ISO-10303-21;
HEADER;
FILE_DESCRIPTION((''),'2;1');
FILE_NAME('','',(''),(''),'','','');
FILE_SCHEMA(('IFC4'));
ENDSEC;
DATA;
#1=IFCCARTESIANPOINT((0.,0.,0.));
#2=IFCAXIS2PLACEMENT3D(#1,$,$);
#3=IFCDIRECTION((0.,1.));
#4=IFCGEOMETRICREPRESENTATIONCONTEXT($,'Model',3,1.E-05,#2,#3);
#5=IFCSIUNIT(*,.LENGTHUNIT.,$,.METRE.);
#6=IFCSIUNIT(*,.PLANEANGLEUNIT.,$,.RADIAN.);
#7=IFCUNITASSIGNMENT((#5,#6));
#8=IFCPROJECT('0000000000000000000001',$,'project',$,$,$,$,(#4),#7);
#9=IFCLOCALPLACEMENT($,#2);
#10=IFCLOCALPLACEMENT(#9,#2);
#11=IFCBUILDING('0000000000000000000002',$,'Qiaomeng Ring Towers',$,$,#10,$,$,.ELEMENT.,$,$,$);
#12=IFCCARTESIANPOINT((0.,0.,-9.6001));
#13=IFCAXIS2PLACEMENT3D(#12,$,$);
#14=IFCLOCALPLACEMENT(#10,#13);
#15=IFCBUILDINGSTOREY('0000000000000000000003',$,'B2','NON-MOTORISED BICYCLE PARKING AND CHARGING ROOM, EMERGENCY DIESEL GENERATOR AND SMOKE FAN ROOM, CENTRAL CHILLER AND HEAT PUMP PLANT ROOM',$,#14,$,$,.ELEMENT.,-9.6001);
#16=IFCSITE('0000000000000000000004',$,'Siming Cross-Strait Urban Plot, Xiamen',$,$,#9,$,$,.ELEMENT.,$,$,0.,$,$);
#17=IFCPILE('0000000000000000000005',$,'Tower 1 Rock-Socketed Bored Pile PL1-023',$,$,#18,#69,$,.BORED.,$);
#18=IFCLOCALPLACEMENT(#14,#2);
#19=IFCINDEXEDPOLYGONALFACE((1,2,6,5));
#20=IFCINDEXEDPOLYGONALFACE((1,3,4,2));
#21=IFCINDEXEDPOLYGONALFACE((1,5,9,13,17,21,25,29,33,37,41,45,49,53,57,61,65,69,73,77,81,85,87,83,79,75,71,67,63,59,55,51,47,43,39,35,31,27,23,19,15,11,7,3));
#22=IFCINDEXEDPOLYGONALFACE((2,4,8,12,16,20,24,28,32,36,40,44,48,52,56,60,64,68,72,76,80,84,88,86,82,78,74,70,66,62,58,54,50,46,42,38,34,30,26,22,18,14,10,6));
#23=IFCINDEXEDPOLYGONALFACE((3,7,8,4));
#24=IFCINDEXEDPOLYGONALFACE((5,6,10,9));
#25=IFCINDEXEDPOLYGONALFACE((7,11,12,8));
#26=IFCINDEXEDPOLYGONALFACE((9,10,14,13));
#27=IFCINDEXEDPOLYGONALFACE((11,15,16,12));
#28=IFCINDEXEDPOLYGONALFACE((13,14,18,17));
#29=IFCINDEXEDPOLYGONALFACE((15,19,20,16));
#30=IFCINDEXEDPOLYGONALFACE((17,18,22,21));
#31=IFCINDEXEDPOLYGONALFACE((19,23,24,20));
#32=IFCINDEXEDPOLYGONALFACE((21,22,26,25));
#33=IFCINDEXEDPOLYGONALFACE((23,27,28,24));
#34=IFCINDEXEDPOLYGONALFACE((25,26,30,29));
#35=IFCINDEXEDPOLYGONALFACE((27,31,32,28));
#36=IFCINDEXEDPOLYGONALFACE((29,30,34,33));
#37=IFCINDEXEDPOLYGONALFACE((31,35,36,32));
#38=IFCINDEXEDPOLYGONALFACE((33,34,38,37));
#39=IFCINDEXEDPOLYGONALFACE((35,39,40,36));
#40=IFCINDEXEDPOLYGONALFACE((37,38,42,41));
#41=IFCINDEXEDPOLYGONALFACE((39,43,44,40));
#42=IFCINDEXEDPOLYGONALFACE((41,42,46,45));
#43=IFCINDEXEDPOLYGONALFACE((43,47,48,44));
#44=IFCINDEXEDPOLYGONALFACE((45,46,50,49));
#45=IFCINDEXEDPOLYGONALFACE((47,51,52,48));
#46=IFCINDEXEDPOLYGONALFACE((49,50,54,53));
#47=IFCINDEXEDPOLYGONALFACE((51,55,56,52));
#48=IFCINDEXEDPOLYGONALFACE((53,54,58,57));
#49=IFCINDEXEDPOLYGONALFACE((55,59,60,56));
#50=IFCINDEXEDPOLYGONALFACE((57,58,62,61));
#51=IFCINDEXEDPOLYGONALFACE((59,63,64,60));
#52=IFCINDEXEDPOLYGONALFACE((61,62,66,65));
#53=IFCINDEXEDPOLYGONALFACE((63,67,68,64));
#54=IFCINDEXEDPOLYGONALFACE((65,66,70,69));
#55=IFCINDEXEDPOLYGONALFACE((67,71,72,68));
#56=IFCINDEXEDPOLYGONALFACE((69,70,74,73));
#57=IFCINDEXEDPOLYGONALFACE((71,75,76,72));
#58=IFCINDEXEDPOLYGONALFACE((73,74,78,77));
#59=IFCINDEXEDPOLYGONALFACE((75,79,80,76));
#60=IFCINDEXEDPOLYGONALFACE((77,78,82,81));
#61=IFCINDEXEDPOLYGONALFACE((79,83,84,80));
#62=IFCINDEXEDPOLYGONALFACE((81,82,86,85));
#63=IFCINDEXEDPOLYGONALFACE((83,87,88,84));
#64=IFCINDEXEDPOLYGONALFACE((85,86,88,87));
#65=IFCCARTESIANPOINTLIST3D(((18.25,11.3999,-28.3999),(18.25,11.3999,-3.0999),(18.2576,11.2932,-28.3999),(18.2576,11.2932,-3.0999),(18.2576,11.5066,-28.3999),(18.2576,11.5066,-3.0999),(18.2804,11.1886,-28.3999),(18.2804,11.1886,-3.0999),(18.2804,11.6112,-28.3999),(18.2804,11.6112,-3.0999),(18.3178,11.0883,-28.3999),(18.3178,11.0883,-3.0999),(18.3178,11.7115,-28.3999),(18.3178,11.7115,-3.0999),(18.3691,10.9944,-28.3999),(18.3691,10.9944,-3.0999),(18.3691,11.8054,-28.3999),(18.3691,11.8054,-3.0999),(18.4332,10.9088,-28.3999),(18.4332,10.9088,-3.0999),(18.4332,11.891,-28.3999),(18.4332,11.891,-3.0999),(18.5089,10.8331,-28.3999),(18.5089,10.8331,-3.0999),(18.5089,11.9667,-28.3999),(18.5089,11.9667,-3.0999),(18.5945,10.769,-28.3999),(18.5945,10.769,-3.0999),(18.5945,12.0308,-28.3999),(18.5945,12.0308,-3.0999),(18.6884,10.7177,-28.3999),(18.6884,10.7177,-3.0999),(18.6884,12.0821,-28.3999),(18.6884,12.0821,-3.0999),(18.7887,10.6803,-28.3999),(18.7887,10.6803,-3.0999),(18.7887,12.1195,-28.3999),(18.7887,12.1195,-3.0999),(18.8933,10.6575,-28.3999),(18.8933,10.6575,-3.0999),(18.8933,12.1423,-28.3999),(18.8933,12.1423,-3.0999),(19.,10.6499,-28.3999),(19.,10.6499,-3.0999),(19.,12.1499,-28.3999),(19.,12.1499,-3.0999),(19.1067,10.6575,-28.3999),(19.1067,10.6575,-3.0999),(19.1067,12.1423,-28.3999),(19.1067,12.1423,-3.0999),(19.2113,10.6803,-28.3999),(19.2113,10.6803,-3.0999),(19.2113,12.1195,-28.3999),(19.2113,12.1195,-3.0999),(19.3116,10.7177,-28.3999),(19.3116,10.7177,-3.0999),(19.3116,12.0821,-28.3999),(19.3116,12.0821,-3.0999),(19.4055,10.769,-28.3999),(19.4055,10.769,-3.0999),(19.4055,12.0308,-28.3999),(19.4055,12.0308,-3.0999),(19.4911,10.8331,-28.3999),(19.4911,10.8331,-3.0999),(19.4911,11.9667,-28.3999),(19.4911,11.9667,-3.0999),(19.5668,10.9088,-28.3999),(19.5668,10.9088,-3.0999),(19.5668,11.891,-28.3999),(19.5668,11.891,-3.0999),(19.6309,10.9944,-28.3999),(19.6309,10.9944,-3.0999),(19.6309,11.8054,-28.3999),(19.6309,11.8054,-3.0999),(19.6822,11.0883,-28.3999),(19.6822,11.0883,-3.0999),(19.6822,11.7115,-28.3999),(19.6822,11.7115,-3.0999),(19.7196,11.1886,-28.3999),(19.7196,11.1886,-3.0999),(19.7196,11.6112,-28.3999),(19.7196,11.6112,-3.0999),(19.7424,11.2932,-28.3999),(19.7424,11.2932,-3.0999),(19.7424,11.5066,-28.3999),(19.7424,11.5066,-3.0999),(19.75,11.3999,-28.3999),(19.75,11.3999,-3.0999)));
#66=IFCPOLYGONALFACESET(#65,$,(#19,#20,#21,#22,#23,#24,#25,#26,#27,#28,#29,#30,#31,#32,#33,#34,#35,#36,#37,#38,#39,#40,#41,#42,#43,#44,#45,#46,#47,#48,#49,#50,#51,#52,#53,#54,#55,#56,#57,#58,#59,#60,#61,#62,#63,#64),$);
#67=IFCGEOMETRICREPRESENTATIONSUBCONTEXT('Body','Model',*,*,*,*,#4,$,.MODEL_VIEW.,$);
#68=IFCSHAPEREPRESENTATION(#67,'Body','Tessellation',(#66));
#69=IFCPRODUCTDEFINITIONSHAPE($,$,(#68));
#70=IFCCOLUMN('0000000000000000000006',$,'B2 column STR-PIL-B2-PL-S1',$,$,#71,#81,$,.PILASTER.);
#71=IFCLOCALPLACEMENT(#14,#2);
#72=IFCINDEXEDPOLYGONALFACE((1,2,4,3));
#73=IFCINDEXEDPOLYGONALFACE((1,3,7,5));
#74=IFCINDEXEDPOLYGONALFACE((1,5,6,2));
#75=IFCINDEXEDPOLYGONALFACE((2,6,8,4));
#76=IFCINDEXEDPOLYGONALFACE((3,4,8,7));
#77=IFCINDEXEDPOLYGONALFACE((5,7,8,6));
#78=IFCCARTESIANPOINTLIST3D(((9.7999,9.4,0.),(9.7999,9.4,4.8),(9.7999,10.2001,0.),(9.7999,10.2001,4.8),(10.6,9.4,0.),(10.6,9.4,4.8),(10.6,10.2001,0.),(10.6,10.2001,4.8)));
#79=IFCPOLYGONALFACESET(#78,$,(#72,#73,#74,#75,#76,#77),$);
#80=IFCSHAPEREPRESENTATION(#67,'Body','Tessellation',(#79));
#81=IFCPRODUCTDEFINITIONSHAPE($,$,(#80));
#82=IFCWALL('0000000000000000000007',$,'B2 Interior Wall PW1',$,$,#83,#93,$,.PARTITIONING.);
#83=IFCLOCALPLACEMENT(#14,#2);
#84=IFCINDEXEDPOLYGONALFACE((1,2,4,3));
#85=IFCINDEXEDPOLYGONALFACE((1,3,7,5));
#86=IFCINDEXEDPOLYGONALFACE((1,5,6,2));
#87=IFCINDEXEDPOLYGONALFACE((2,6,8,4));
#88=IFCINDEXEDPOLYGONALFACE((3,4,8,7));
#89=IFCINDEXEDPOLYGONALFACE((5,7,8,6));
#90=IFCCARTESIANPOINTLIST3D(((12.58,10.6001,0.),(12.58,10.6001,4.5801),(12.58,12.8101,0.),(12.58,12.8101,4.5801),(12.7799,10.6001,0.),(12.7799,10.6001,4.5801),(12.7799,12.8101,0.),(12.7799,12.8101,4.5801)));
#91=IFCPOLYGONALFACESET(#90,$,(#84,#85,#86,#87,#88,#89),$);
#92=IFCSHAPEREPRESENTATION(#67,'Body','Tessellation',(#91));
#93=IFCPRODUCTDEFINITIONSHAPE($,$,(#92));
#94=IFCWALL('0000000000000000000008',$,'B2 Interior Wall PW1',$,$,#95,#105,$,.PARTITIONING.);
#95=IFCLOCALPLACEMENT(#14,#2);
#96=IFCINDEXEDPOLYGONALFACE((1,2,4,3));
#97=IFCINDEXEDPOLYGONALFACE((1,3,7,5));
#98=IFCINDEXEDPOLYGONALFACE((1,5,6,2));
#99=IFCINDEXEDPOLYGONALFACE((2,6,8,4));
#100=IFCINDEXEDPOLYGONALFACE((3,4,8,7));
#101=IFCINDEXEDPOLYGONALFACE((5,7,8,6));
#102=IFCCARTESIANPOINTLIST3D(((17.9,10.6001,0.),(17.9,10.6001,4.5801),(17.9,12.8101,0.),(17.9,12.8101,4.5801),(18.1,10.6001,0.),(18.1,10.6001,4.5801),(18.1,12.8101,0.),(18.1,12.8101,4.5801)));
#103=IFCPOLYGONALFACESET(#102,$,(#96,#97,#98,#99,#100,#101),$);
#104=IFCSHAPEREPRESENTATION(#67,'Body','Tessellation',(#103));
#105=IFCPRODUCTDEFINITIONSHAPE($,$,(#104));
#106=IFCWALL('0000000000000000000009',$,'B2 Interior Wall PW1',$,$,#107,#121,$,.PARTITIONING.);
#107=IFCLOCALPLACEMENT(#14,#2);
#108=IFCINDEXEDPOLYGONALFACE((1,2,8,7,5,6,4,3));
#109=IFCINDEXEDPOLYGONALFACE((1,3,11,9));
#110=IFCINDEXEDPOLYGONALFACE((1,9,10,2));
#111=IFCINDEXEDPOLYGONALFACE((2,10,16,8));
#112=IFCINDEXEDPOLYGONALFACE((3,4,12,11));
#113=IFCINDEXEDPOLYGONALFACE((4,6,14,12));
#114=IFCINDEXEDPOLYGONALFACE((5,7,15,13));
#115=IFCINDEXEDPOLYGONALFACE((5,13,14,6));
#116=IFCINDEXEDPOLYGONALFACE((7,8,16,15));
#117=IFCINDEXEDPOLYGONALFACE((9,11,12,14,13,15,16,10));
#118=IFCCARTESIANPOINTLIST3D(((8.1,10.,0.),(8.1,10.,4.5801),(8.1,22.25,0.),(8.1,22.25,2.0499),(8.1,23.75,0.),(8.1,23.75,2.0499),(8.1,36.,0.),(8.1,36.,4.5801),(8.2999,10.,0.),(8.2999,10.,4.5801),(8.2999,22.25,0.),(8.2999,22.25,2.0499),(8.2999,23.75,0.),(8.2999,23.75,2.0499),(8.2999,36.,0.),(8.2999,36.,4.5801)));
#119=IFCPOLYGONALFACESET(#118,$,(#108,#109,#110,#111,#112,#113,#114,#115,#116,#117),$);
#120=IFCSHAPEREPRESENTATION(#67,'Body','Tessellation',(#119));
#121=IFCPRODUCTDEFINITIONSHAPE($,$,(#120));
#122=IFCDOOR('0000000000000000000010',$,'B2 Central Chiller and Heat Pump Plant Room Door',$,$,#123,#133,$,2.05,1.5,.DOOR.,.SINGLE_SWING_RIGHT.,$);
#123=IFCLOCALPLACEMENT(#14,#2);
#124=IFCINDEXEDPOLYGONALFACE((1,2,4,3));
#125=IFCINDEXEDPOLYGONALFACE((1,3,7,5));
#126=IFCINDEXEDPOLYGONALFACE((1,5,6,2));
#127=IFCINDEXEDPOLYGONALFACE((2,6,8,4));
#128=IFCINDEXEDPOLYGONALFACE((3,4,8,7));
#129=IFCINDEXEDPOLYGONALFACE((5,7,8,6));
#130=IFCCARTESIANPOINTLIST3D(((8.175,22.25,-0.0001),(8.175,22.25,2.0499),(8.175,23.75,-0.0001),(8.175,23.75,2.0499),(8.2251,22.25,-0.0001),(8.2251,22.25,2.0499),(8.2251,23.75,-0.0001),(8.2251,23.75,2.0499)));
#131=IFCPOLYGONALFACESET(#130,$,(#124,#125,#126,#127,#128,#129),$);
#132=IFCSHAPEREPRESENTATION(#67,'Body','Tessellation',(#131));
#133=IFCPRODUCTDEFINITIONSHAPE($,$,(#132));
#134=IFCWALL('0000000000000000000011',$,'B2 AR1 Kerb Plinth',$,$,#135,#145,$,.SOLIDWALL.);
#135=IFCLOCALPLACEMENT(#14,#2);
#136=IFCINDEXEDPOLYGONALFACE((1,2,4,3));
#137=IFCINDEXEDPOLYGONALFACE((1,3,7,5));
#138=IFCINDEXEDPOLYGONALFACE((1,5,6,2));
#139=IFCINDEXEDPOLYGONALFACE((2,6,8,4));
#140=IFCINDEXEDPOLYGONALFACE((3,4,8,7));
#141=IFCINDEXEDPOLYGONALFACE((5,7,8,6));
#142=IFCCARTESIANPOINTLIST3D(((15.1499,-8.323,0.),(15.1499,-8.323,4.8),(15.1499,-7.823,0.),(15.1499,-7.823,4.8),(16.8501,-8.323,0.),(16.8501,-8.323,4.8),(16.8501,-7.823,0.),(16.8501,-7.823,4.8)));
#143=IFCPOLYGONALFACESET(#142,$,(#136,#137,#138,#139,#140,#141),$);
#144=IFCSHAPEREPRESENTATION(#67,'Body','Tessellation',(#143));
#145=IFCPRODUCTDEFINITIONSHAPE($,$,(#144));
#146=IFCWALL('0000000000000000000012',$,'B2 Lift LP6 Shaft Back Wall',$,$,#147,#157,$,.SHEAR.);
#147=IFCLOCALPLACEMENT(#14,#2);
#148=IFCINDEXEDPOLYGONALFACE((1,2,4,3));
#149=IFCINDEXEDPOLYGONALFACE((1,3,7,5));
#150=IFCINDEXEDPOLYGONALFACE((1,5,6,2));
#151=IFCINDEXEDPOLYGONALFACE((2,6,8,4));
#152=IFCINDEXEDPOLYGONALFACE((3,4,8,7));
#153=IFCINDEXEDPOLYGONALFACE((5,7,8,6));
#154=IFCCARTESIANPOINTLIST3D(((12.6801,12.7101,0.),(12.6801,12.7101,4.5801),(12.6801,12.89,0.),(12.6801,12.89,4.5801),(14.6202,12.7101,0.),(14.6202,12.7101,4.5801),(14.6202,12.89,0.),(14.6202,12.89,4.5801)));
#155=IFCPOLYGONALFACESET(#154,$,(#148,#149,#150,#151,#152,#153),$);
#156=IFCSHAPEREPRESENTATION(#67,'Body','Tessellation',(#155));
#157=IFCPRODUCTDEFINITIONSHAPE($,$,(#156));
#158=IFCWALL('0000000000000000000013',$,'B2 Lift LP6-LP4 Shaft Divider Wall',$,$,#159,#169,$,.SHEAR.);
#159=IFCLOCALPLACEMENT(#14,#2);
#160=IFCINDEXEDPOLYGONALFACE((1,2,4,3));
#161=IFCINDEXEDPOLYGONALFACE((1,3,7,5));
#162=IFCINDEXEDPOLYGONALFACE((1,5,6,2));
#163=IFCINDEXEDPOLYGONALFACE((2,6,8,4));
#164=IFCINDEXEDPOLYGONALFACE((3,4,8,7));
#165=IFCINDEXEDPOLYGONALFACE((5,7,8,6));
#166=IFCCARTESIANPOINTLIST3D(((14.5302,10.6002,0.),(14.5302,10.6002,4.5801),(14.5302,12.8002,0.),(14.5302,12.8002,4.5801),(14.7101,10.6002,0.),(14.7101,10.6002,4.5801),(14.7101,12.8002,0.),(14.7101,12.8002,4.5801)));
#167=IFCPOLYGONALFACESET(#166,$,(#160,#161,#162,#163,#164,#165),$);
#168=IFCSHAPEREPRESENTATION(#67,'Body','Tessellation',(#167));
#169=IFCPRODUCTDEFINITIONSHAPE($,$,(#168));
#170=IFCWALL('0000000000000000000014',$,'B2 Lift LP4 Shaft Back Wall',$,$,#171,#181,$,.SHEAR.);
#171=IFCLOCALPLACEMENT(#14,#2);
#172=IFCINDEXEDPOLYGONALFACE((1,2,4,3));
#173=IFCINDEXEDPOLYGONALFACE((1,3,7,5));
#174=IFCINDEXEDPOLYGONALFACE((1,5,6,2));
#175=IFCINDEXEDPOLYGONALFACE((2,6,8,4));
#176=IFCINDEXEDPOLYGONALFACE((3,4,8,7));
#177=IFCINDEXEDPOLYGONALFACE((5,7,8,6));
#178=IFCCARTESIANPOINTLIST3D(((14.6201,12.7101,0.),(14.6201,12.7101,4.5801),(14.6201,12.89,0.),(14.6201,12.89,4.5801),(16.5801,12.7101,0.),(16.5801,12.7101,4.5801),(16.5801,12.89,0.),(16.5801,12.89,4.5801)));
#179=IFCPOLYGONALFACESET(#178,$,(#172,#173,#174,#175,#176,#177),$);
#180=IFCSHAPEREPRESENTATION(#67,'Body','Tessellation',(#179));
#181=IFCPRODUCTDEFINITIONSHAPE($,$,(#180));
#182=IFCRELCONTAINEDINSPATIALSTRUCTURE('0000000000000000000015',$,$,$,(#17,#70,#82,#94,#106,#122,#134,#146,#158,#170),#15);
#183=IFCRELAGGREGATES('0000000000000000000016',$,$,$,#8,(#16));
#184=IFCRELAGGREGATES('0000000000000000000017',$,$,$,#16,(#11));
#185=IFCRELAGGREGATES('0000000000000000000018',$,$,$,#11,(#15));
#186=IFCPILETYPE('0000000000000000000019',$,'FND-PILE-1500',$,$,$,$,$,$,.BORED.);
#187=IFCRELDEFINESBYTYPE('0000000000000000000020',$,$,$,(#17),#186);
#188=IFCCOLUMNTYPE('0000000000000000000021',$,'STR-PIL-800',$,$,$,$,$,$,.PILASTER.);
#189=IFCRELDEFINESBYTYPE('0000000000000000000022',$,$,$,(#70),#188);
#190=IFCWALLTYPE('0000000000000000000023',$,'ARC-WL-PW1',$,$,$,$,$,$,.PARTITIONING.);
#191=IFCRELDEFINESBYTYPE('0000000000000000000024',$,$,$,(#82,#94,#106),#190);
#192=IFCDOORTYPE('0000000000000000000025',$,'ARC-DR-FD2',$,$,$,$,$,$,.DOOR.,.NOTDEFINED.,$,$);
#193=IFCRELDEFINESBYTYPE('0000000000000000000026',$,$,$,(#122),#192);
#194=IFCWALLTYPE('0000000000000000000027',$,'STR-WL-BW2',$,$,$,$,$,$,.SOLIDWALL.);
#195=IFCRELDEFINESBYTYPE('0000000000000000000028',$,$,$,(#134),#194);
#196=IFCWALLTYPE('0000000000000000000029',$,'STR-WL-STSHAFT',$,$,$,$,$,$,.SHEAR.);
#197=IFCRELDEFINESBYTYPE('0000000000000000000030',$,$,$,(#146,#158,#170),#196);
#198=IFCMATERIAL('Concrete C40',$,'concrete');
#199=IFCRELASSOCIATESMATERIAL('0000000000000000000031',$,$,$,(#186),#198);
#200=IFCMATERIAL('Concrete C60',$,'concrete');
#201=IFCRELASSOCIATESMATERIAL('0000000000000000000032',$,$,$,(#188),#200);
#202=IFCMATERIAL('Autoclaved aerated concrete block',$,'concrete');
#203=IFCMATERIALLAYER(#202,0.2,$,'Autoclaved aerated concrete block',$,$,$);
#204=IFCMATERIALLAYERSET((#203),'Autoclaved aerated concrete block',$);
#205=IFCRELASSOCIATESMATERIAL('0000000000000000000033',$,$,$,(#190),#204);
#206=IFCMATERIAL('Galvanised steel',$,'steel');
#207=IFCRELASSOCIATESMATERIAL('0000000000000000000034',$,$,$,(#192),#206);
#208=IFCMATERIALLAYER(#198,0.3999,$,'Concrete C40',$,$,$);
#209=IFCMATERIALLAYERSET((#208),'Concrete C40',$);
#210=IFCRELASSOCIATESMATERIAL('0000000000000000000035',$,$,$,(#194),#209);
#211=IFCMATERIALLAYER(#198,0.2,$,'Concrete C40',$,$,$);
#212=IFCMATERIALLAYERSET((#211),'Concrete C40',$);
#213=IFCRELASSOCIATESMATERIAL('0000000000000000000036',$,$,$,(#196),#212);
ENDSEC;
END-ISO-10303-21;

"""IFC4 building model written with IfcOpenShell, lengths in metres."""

from ifc_helpers import new_model, si_unit, direction, frame, frame_2d, origin, origin_2d, place, context, subcontext, project, spatial, rectangle, circle, extrude, source, transform, mapped, material, layer, layer_set, material_profile, profile_set, type_object, element, fill, save


model = new_model("IFC4")

# Units and contexts
model_context = context("Model", 3, precision=1e-05, world=origin(), true_north=direction((0.0, 1.0)))
body_context = subcontext(model_context, "Body", "Model", "MODEL_VIEW")
ifc_project = project(units=[si_unit("LENGTHUNIT", "METRE"), si_unit("PLANEANGLEUNIT", "RADIAN")], contexts=[model_context])

# Site, building, storey
site_placement = place(None, origin())
site = spatial("IfcSite", under=ifc_project, at=site_placement, Name="Siming Cross-Strait Urban Plot, Xiamen", CompositionType="ELEMENT", RefElevation=0.0)
building_placement = place(site_placement, origin())
building = spatial("IfcBuilding", under=site, at=building_placement, Name="Qiaomeng Ring Towers", CompositionType="ELEMENT")
storey_placement = place(building_placement, frame((0.0, 0.0, -9.6001)))
storey = spatial("IfcBuildingStorey", under=building, at=storey_placement, Name="B2", Description="NON-MOTORISED BICYCLE PARKING AND CHARGING ROOM, EMERGENCY DIESEL GENERATOR AND SMOKE FAN ROOM, CENTRAL CHILLER AND HEAT PUMP PLANT ROOM", CompositionType="ELEMENT", Elevation=-9.6001)

# Pile
ifc_material_1 = material(Name="Concrete C40", Category="concrete")
ifc_material_profile_1 = material_profile(ifc_material_1, circle(Radius=0.75, at=origin_2d()), Name="BORED PILE 1500")
ifc_profile_set_1 = profile_set([ifc_material_profile_1], Name="Concrete C40")
pile_type = type_object("IfcPileType", Name="FND-PILE-1500", PredefinedType="BORED", material=ifc_profile_set_1)
shared_shape_1 = source(origin(), body_context, "Body", "SweptSolid", [
    extrude(circle(Radius=0.75, at=origin_2d()), origin(), (0.0, 0.0, 1.0), 25.3),
])
for number, where, z_axis, x_axis, name in (
    (1, (19.0, 11.3999, -3.0999), (0.0, 0.0, -1.0), (1.0, 0.0, 0.0), "Tower 1 Rock-Socketed Bored Pile PL1-023"),
):
    element("IfcPile", number, at=place(storey_placement, frame(where, z_axis=z_axis, x_axis=x_axis)), inside=storey, type_object=pile_type, Name=name, PredefinedType="BORED", context=body_context, shape_type="MappedRepresentation", body=[
        mapped(shared_shape_1, transform((0.0, 0.0, 0.0), x_axis=(1.0, 0.0, 0.0), y_axis=(0.0, 1.0, 0.0), z_axis=(0.0, 0.0, 1.0), scale=1.0)),
    ])

# Column
ifc_material_2 = material(Name="Concrete C60", Category="concrete")
ifc_material_profile_2 = material_profile(ifc_material_2, rectangle(XDim=0.8, YDim=0.8, at=origin_2d()), Name="RC COL 800x800")
ifc_profile_set_2 = profile_set([ifc_material_profile_2], Name="Concrete C60")
column_type = type_object("IfcColumnType", Name="STR-PIL-800", PredefinedType="PILASTER", material=ifc_profile_set_2)
shared_shape_2 = source(origin(), body_context, "Body", "SweptSolid", [
    extrude(rectangle(XDim=0.8, YDim=0.8, at=origin_2d()), origin(), (0.0, 0.0, 1.0), 4.8),
])
column_placement = place(storey_placement, frame((10.2, 9.8, 0.0), z_axis=(0.0, 0.0, 1.0), x_axis=(1.0, 0.0, 0.0)))
element("IfcColumn", 2, at=column_placement, inside=storey, type_object=column_type, Name="B2 column STR-PIL-B2-PL-S1", PredefinedType="PILASTER", context=body_context, shape_type="MappedRepresentation", body=[
    mapped(shared_shape_2, transform((0.0, 0.0, 0.0), x_axis=(1.0, 0.0, 0.0), y_axis=(0.0, 1.0, 0.0), z_axis=(0.0, 0.0, 1.0), scale=1.0)),
])

# Walls
ifc_material_3 = material(Name="Autoclaved aerated concrete block", Category="concrete")
ifc_layer_1 = layer(ifc_material_3, 0.2, Name="Autoclaved aerated concrete block")
ifc_layer_set_1 = layer_set([ifc_layer_1], Name="Autoclaved aerated concrete block")
wall_type_1 = type_object("IfcWallType", Name="ARC-WL-PW1", PredefinedType="PARTITIONING", material=ifc_layer_set_1)
for number, where, z_axis, x_axis, name in (
    (3, (12.6799, 10.6001, 0.0), (0.0, 0.0, 1.0), (0.0, 1.0, 0.0), "B2 Interior Wall PW1"),
    (4, (18.0, 10.6001, 0.0), (0.0, 0.0, 1.0), (0.0, 1.0, 0.0), "B2 Interior Wall PW1"),
):
    element("IfcWall", number, at=place(storey_placement, frame(where, z_axis=z_axis, x_axis=x_axis)), inside=storey, type_object=wall_type_1, Name=name, PredefinedType="PARTITIONING", context=body_context, shape_type="SweptSolid", body=[
        extrude(rectangle(XDim=2.21, YDim=0.2, at=frame_2d((1.105, 0.0))), origin(), (0.0, 0.0, 1.0), 4.5801),
    ])

# Wall, opening, door
wall_1_placement = place(storey_placement, frame((8.2, 10.0, 0.0), z_axis=(0.0, 0.0, 1.0), x_axis=(0.0, 1.0, 0.0)))
wall_1 = element("IfcWall", 5, at=wall_1_placement, inside=storey, type_object=wall_type_1, Name="B2 Interior Wall PW1", PredefinedType="PARTITIONING", context=body_context, shape_type="SweptSolid", body=[
    extrude(rectangle(XDim=26.0, YDim=0.2, at=frame_2d((13.0, 0.0))), origin(), (0.0, 0.0, 1.0), 4.5801),
])
opening_1_placement = place(wall_1_placement, frame((12.25, 0.0, 0.0)))
opening_1 = element("IfcOpeningElement", 6, at=opening_1_placement, cuts=wall_1, PredefinedType="OPENING", context=body_context, shape_type="SweptSolid", body=[
    extrude(rectangle(XDim=1.5, YDim=2.05, at=frame_2d((0.75, 1.0249))), frame((0.0, 0.1099, 0.0), z_axis=(0.0, -1.0, 0.0), x_axis=(1.0, 0.0, 0.0)), (0.0, 0.0, 1.0), 0.22),
])
ifc_material_4 = material(Name="Galvanised steel", Category="steel")
door_type_1 = type_object("IfcDoorType", Name="ARC-DR-FD2", OperationType="NOTDEFINED", PredefinedType="DOOR", material=ifc_material_4)
shared_shape_3 = source(origin(), body_context, "Body", "SweptSolid", [
    extrude(rectangle(XDim=1.5, YDim=2.05, at=frame_2d((0.75, 1.0249))), frame((0.0, 0.0249, 0.0), z_axis=(0.0, -1.0, 0.0), x_axis=(1.0, 0.0, 0.0)), (0.0, 0.0, 1.0), 0.05),
])
door_1_placement = place(opening_1_placement, origin())
door_1 = element("IfcDoor", 7, at=door_1_placement, inside=storey, type_object=door_type_1, Name="B2 Central Chiller and Heat Pump Plant Room Door", OperationType="SINGLE_SWING_RIGHT", OverallHeight=2.05, OverallWidth=1.5, PredefinedType="DOOR", context=body_context, shape_type="MappedRepresentation", body=[
    mapped(shared_shape_3, transform((0.0, 0.0, 0.0), x_axis=(1.0, 0.0, 0.0), y_axis=(0.0, 1.0, 0.0), z_axis=(0.0, 0.0, 1.0), scale=1.0)),
])
fill(opening_1, door_1)

# Walls
ifc_layer_2 = layer(ifc_material_1, 0.3999, Name="Concrete C40")
ifc_layer_set_2 = layer_set([ifc_layer_2], Name="Concrete C40")
wall_type_2 = type_object("IfcWallType", Name="STR-WL-BW2", PredefinedType="SOLIDWALL", material=ifc_layer_set_2)
wall_2_placement = place(storey_placement, frame((15.1499, -8.073, 0.0), z_axis=(0.0, 0.0, 1.0), x_axis=(1.0, 0.0, 0.0)))
element("IfcWall", 8, at=wall_2_placement, inside=storey, type_object=wall_type_2, Name="B2 AR1 Kerb Plinth", PredefinedType="SOLIDWALL", context=body_context, shape_type="SweptSolid", body=[
    extrude(rectangle(XDim=1.7002, YDim=0.5, at=frame_2d((0.8501, 0.0))), origin(), (0.0, 0.0, 1.0), 4.8),
])
ifc_layer_3 = layer(ifc_material_1, 0.2, Name="Concrete C40")
ifc_layer_set_3 = layer_set([ifc_layer_3], Name="Concrete C40")
wall_type_3 = type_object("IfcWallType", Name="STR-WL-STSHAFT", PredefinedType="SHEAR", material=ifc_layer_set_3)
wall_3_placement = place(storey_placement, frame((12.6799, 12.8, 0.0), z_axis=(0.0, 0.0, 1.0), x_axis=(1.0, 0.0, 0.0)))
element("IfcWall", 9, at=wall_3_placement, inside=storey, type_object=wall_type_3, Name="B2 Lift LP6 Shaft Back Wall", PredefinedType="SHEAR", context=body_context, shape_type="SweptSolid", body=[
    extrude(rectangle(XDim=1.9402, YDim=0.1799, at=frame_2d((0.9702, 0.0))), origin(), (0.0, 0.0, 1.0), 4.5801),
])
wall_4_placement = place(storey_placement, frame((14.6201, 10.6001, 0.0), z_axis=(0.0, 0.0, 1.0), x_axis=(0.0, 1.0, 0.0)))
element("IfcWall", 10, at=wall_4_placement, inside=storey, type_object=wall_type_3, Name="B2 Lift LP6-LP4 Shaft Divider Wall", PredefinedType="SHEAR", context=body_context, shape_type="SweptSolid", body=[
    extrude(rectangle(XDim=2.2, YDim=0.1799, at=frame_2d((1.1001, 0.0))), origin(), (0.0, 0.0, 1.0), 4.5801),
])
wall_5_placement = place(storey_placement, frame((14.6201, 12.8, 0.0), z_axis=(0.0, 0.0, 1.0), x_axis=(1.0, 0.0, 0.0)))
element("IfcWall", 11, at=wall_5_placement, inside=storey, type_object=wall_type_3, Name="B2 Lift LP4 Shaft Back Wall", PredefinedType="SHEAR", context=body_context, shape_type="SweptSolid", body=[
    extrude(rectangle(XDim=1.96, YDim=0.1799, at=frame_2d((0.98, 0.0))), origin(), (0.0, 0.0, 1.0), 4.5801),
])

save(model, "model.ifc")
